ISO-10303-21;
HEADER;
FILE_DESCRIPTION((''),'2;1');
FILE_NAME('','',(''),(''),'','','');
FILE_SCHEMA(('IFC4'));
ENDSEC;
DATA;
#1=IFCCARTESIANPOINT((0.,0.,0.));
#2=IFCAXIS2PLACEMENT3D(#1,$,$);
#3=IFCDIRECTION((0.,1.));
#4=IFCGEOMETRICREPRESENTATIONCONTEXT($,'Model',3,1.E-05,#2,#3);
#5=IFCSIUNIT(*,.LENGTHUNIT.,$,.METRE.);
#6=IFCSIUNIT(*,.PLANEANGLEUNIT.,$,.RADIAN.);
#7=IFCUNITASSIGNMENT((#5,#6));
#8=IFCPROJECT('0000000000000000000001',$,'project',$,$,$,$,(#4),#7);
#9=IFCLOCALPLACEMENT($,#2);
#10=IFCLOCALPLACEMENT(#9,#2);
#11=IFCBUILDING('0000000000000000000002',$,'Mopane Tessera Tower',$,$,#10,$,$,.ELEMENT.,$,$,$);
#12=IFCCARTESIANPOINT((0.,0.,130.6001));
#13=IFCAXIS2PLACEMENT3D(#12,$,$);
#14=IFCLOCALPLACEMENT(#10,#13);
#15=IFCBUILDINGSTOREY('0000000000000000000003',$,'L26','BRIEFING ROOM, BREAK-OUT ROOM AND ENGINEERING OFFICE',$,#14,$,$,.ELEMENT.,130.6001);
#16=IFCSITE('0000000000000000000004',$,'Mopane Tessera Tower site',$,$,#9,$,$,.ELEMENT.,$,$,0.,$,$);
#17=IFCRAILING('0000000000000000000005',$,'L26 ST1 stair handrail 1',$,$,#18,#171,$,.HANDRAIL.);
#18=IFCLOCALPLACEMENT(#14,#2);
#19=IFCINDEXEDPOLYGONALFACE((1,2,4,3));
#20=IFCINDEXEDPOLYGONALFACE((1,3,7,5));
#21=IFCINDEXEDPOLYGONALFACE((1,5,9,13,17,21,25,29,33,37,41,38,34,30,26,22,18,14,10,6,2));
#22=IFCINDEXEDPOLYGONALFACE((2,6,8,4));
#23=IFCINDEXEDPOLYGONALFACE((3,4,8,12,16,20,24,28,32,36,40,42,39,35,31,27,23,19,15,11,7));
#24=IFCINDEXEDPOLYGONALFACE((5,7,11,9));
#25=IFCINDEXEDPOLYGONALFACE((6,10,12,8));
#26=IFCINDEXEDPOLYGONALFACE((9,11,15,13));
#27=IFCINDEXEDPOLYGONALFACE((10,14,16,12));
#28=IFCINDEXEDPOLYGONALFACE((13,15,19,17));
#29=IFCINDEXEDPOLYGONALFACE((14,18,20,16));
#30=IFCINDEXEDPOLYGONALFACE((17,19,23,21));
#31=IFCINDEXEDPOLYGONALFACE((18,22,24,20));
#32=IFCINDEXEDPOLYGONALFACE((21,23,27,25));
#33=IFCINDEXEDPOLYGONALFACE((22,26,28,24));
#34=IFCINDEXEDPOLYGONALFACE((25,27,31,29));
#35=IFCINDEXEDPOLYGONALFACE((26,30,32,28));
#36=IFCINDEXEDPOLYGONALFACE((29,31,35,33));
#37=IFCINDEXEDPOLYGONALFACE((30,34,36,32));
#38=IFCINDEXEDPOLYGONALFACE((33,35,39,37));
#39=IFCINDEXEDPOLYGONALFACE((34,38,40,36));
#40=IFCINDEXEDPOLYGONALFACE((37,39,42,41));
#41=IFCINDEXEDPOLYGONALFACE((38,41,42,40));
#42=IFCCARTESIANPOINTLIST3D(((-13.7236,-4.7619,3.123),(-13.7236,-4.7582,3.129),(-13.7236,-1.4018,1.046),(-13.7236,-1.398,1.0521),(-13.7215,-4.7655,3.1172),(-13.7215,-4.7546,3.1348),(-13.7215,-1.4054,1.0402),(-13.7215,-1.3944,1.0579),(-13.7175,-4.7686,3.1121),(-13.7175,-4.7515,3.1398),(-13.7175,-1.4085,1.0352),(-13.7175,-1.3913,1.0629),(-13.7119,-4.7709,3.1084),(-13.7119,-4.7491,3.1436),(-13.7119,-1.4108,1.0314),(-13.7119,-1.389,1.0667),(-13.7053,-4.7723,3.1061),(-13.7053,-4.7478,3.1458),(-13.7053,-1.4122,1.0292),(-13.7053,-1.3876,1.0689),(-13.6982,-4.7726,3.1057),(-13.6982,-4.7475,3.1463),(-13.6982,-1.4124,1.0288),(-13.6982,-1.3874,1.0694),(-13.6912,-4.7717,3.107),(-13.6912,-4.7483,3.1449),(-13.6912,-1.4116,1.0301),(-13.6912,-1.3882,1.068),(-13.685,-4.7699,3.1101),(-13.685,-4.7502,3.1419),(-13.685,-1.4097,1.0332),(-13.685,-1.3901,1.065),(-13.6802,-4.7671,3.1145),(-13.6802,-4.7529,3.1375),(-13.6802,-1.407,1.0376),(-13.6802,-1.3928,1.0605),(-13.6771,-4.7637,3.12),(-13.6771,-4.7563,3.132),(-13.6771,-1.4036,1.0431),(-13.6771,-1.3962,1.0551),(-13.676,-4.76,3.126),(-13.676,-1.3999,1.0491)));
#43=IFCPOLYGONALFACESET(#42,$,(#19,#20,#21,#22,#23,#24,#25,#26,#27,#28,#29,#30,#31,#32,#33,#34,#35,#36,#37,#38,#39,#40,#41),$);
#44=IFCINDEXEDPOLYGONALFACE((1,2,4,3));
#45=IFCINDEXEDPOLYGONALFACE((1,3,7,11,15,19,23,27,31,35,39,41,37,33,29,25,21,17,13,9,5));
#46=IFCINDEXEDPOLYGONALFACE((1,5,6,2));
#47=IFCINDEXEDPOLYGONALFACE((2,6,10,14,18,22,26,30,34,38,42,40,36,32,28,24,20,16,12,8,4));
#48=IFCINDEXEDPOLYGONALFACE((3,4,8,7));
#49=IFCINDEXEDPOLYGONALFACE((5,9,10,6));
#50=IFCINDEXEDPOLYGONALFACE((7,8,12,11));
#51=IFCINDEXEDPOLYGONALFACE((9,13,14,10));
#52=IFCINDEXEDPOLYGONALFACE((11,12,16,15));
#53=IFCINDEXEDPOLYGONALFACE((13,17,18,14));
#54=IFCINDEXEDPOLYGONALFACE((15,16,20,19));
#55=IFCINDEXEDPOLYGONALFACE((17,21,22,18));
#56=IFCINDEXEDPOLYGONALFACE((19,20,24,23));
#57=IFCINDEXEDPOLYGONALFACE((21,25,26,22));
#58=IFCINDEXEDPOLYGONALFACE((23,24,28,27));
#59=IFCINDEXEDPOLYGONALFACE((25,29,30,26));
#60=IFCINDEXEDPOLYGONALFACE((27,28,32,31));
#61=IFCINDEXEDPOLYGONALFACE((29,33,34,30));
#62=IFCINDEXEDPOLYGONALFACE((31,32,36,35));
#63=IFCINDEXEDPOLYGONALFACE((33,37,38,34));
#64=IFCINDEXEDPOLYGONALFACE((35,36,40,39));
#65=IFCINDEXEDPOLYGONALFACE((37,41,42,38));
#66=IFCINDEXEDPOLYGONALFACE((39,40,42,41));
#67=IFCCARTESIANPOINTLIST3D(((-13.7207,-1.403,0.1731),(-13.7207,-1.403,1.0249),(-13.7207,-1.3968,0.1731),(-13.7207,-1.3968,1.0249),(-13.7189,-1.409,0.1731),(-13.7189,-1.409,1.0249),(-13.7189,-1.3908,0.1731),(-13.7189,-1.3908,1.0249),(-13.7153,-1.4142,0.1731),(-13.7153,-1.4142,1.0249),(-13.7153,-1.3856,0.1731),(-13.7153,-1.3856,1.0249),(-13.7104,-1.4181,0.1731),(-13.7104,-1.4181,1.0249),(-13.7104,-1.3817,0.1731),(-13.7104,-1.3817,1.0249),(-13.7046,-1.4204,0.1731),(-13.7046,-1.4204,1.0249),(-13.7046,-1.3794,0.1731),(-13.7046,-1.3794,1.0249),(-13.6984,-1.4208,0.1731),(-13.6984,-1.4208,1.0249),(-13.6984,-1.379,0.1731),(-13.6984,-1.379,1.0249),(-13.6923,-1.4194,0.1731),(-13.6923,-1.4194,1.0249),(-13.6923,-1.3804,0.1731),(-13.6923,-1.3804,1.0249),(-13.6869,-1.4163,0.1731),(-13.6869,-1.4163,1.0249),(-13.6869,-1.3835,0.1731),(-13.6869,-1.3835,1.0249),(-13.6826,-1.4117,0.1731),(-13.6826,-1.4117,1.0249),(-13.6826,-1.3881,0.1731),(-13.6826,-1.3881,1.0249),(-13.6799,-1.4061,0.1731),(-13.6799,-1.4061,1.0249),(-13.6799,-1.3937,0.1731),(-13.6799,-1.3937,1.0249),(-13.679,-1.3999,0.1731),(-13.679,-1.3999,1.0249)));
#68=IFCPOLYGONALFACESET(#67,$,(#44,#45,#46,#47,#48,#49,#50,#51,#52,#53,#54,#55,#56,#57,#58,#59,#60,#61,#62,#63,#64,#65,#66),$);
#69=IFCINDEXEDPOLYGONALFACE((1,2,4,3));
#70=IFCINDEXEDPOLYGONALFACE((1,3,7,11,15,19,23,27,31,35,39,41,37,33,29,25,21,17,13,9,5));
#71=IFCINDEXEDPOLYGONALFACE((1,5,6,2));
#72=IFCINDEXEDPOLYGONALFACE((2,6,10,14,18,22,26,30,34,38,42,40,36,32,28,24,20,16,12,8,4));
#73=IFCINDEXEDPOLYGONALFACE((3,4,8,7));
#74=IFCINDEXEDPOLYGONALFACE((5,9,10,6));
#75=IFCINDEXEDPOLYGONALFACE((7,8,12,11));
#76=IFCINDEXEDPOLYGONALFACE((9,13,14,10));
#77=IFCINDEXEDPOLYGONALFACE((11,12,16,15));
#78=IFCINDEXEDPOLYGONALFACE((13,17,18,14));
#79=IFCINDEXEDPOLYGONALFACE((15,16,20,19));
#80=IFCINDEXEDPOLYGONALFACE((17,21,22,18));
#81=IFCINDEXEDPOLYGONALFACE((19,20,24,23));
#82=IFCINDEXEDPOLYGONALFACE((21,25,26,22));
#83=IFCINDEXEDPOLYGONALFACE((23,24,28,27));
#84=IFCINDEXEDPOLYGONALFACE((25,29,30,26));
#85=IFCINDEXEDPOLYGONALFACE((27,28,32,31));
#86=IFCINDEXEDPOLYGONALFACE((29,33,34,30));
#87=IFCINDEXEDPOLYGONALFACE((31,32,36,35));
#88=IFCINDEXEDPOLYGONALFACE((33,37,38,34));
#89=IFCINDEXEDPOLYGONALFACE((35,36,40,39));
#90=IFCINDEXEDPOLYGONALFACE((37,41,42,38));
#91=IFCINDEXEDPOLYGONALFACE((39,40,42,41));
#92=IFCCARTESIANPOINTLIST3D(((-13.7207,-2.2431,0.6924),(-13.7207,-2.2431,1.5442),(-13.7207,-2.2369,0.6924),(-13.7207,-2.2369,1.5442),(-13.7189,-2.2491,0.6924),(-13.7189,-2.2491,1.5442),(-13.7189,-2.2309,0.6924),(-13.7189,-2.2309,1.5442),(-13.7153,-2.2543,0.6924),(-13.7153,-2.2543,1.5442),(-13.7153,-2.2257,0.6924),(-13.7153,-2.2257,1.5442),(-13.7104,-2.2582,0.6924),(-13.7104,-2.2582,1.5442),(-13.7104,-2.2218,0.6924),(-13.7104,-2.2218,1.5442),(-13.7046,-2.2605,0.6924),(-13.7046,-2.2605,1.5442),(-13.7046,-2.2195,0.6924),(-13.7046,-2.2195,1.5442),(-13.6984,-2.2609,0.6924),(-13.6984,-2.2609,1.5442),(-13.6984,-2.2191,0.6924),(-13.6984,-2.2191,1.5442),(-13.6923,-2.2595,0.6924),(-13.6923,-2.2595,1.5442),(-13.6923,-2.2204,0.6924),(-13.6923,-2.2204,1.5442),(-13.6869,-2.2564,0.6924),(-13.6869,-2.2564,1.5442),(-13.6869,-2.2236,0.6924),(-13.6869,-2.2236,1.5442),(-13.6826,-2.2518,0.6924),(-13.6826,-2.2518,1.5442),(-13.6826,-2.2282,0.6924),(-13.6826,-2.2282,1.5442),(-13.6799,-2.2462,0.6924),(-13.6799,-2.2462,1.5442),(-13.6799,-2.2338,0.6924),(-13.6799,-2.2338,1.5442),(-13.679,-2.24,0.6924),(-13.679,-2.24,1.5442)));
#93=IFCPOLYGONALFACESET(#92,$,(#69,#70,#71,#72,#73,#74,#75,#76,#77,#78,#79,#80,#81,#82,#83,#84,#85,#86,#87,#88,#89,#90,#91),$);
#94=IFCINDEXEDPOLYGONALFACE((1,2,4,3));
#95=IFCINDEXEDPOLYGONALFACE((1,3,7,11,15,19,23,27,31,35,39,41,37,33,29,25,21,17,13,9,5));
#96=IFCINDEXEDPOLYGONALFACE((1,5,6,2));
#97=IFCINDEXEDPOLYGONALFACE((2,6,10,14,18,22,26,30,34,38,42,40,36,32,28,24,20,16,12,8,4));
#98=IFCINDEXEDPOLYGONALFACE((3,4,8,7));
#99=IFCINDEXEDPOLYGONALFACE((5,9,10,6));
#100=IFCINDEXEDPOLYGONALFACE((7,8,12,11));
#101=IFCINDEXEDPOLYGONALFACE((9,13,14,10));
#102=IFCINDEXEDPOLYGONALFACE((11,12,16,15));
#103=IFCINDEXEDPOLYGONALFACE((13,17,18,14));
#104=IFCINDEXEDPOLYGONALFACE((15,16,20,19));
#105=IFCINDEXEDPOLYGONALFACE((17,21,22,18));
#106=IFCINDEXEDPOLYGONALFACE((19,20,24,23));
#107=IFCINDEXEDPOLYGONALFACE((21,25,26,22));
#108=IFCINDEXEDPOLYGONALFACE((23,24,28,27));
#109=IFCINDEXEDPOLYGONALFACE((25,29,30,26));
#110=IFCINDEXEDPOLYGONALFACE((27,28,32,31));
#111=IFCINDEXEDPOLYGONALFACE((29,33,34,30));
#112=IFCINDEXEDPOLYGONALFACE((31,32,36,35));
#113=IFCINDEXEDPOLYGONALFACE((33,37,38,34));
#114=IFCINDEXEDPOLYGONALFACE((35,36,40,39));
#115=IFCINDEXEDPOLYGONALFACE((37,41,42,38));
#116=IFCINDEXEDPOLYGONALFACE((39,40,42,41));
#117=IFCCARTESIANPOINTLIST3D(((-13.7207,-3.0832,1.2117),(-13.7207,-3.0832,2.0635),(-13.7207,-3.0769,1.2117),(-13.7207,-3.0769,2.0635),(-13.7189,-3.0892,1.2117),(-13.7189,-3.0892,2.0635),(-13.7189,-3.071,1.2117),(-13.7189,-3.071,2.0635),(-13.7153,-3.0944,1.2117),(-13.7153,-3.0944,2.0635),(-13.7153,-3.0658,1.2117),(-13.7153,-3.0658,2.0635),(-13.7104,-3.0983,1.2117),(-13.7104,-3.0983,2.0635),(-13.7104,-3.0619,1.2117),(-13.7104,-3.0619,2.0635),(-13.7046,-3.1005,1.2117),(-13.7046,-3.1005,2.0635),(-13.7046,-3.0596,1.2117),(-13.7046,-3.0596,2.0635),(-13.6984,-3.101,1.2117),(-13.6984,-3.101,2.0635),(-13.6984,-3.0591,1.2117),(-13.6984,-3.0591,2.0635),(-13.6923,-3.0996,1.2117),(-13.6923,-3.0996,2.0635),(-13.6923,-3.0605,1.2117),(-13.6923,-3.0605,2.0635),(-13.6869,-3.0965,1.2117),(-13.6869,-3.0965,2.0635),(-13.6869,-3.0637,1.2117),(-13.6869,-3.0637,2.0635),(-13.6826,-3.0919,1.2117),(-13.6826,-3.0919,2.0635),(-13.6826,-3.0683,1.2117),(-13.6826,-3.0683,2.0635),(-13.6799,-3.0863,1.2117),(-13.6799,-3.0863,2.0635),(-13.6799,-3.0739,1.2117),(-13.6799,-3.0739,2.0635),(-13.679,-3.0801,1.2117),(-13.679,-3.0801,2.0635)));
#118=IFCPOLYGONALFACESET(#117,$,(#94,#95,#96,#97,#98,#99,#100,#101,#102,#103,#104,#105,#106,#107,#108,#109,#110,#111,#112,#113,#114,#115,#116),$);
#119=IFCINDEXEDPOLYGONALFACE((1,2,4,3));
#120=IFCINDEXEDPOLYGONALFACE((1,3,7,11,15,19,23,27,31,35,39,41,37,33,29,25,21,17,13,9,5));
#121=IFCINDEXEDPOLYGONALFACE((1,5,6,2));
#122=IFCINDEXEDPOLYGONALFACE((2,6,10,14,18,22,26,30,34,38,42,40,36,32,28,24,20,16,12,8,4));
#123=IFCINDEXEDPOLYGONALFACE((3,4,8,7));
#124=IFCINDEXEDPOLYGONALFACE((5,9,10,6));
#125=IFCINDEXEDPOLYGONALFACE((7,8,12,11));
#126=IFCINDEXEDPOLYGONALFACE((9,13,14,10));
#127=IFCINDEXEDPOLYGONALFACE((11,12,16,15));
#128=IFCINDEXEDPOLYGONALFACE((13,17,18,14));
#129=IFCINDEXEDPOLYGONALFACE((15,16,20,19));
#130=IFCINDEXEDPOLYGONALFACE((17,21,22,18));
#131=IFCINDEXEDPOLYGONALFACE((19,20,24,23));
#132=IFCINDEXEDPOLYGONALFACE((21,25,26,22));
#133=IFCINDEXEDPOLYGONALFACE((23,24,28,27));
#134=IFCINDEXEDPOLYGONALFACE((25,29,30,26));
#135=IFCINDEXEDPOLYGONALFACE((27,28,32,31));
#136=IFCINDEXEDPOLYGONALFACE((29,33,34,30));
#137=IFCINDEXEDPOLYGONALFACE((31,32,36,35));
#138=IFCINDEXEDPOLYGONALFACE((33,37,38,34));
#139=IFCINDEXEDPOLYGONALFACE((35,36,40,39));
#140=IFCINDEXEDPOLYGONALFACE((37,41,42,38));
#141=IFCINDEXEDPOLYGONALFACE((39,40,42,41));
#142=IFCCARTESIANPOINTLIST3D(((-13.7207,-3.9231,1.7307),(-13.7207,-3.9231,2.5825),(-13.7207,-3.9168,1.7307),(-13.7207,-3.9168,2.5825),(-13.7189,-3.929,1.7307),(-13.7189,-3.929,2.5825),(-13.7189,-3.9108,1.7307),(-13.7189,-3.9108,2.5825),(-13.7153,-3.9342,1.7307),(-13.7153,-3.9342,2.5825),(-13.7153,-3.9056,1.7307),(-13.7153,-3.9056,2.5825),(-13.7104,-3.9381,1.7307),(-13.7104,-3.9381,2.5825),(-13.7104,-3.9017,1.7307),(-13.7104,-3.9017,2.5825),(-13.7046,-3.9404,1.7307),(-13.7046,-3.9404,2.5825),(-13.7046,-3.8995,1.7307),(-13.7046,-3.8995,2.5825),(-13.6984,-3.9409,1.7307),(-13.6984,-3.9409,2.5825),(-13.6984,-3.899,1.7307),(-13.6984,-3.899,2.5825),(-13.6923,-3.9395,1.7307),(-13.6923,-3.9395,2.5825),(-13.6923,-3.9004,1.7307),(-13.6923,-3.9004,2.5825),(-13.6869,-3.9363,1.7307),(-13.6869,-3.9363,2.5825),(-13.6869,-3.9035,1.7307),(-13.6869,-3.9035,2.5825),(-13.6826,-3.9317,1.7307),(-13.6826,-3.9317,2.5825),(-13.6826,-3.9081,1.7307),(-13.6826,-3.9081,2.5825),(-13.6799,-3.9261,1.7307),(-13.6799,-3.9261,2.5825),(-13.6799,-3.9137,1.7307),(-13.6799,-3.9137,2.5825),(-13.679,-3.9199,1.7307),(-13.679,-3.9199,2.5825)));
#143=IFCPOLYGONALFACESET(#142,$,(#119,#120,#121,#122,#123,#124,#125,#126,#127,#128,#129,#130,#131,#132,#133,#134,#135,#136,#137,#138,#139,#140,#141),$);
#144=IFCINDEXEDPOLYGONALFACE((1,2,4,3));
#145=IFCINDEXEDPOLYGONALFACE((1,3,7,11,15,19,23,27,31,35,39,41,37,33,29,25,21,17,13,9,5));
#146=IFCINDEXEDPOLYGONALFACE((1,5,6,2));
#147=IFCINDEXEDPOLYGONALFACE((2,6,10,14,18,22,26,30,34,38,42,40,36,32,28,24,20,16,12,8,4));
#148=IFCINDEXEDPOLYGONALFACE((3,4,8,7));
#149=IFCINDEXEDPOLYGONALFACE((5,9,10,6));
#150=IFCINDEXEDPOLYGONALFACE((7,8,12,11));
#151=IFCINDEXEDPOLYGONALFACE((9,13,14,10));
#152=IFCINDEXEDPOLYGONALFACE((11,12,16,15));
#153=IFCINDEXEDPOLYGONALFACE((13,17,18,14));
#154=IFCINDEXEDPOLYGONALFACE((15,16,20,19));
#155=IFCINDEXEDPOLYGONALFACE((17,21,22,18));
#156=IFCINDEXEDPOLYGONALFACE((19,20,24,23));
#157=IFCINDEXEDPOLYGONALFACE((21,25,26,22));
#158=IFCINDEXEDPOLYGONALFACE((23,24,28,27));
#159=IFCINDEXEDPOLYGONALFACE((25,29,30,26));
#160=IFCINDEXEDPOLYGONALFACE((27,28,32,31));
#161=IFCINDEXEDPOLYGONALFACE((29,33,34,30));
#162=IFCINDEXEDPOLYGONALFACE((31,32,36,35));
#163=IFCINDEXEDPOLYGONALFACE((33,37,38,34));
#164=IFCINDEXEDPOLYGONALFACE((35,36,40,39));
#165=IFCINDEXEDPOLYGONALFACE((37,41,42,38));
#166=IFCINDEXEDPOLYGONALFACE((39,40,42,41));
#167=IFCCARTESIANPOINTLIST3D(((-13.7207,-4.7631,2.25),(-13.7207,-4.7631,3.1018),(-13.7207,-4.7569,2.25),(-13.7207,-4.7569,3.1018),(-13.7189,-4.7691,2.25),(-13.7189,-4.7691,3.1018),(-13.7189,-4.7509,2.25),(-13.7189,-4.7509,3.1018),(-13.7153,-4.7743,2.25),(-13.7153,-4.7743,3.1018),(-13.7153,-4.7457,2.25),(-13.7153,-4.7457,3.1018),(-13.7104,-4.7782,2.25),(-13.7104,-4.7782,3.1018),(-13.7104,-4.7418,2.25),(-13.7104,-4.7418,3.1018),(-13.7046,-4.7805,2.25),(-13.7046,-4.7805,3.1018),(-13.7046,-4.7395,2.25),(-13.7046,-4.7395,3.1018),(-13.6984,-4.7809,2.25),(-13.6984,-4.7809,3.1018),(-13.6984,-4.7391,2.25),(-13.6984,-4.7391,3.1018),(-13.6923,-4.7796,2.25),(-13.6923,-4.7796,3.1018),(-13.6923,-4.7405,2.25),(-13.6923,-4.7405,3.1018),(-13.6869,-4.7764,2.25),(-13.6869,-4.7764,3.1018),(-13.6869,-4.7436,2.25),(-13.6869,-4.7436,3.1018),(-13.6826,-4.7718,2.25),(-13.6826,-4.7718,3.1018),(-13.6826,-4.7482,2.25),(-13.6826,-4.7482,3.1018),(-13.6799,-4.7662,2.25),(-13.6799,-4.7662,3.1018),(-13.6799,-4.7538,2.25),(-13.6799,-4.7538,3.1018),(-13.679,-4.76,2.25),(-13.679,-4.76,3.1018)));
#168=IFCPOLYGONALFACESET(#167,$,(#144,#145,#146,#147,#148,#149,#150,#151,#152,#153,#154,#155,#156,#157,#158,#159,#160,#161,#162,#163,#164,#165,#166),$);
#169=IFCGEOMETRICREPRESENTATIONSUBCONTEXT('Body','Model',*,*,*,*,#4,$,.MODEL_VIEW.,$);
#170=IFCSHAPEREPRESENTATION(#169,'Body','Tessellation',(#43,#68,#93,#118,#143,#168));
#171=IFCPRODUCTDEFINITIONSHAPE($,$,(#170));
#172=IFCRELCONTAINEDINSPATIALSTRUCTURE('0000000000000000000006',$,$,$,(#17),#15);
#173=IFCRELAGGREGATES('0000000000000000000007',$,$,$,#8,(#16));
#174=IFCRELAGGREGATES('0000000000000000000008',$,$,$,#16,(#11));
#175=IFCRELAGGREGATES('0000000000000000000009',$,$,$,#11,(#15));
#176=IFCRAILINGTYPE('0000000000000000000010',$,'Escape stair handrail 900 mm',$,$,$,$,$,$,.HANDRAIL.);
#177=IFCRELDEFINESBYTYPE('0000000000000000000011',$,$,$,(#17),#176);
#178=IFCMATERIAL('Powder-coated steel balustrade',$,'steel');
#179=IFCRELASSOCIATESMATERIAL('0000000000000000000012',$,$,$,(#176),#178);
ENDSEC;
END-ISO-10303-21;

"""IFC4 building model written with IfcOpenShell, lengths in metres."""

from ifc_helpers import new_model, si_unit, direction, frame, origin, origin_2d, place, context, subcontext, project, spatial, circle, extrude, material, type_object, element, save


model = new_model("IFC4")

# Units and contexts
model_context = context("Model", 3, precision=1e-05, world=origin(), true_north=direction((0.0, 1.0)))
body_context = subcontext(model_context, "Body", "Model", "MODEL_VIEW")
ifc_project = project(units=[si_unit("LENGTHUNIT", "METRE"), si_unit("PLANEANGLEUNIT", "RADIAN")], contexts=[model_context])

# Site, building, storey
site_placement = place(None, origin())
site = spatial("IfcSite", under=ifc_project, at=site_placement, Name="Mopane Tessera Tower site", CompositionType="ELEMENT", RefElevation=0.0)
building_placement = place(site_placement, origin())
building = spatial("IfcBuilding", under=site, at=building_placement, Name="Mopane Tessera Tower", CompositionType="ELEMENT")
storey_placement = place(building_placement, frame((0.0, 0.0, 130.6001)))
storey = spatial("IfcBuildingStorey", under=building, at=storey_placement, Name="L26", Description="BRIEFING ROOM, BREAK-OUT ROOM AND ENGINEERING OFFICE", CompositionType="ELEMENT", Elevation=130.6001)

# Railing
ifc_material_1 = material(Name="Powder-coated steel balustrade", Category="steel")
railing_type_1 = type_object("IfcRailingType", Name="Escape stair handrail 900 mm", PredefinedType="HANDRAIL", material=ifc_material_1)
railing_1_placement = place(storey_placement, frame((-13.7, -1.3999, 0.1731)))
element("IfcRailing", 1, at=railing_1_placement, inside=storey, type_object=railing_type_1, Name="L26 ST1 stair handrail 1", PredefinedType="HANDRAIL", context=body_context, shape_type="SweptSolid", body=[
    extrude(circle(Radius=0.0239, at=origin_2d()), frame((0.0, 0.0, 0.876), z_axis=(0.0, -0.850623, 0.525776), x_axis=(1.0, 0.0, 0.0)), (0.0, 0.0, 1.0), 3.9502),
    extrude(circle(Radius=0.021, at=origin_2d()), origin(), (0.0, 0.0, 1.0), 0.8518),
    extrude(circle(Radius=0.021, at=origin_2d()), frame((0.0, -0.8401, 0.5193)), (0.0, 0.0, 1.0), 0.8518),
    extrude(circle(Radius=0.021, at=origin_2d()), frame((0.0, -1.6802, 1.0386)), (0.0, 0.0, 1.0), 0.8518),
    extrude(circle(Radius=0.021, at=origin_2d()), frame((0.0, -2.52, 1.5576)), (0.0, 0.0, 1.0), 0.8518),
    extrude(circle(Radius=0.021, at=origin_2d()), frame((0.0, -3.3601, 2.0769)), (0.0, 0.0, 1.0), 0.8518),
])

save(model, "model.ifc")
